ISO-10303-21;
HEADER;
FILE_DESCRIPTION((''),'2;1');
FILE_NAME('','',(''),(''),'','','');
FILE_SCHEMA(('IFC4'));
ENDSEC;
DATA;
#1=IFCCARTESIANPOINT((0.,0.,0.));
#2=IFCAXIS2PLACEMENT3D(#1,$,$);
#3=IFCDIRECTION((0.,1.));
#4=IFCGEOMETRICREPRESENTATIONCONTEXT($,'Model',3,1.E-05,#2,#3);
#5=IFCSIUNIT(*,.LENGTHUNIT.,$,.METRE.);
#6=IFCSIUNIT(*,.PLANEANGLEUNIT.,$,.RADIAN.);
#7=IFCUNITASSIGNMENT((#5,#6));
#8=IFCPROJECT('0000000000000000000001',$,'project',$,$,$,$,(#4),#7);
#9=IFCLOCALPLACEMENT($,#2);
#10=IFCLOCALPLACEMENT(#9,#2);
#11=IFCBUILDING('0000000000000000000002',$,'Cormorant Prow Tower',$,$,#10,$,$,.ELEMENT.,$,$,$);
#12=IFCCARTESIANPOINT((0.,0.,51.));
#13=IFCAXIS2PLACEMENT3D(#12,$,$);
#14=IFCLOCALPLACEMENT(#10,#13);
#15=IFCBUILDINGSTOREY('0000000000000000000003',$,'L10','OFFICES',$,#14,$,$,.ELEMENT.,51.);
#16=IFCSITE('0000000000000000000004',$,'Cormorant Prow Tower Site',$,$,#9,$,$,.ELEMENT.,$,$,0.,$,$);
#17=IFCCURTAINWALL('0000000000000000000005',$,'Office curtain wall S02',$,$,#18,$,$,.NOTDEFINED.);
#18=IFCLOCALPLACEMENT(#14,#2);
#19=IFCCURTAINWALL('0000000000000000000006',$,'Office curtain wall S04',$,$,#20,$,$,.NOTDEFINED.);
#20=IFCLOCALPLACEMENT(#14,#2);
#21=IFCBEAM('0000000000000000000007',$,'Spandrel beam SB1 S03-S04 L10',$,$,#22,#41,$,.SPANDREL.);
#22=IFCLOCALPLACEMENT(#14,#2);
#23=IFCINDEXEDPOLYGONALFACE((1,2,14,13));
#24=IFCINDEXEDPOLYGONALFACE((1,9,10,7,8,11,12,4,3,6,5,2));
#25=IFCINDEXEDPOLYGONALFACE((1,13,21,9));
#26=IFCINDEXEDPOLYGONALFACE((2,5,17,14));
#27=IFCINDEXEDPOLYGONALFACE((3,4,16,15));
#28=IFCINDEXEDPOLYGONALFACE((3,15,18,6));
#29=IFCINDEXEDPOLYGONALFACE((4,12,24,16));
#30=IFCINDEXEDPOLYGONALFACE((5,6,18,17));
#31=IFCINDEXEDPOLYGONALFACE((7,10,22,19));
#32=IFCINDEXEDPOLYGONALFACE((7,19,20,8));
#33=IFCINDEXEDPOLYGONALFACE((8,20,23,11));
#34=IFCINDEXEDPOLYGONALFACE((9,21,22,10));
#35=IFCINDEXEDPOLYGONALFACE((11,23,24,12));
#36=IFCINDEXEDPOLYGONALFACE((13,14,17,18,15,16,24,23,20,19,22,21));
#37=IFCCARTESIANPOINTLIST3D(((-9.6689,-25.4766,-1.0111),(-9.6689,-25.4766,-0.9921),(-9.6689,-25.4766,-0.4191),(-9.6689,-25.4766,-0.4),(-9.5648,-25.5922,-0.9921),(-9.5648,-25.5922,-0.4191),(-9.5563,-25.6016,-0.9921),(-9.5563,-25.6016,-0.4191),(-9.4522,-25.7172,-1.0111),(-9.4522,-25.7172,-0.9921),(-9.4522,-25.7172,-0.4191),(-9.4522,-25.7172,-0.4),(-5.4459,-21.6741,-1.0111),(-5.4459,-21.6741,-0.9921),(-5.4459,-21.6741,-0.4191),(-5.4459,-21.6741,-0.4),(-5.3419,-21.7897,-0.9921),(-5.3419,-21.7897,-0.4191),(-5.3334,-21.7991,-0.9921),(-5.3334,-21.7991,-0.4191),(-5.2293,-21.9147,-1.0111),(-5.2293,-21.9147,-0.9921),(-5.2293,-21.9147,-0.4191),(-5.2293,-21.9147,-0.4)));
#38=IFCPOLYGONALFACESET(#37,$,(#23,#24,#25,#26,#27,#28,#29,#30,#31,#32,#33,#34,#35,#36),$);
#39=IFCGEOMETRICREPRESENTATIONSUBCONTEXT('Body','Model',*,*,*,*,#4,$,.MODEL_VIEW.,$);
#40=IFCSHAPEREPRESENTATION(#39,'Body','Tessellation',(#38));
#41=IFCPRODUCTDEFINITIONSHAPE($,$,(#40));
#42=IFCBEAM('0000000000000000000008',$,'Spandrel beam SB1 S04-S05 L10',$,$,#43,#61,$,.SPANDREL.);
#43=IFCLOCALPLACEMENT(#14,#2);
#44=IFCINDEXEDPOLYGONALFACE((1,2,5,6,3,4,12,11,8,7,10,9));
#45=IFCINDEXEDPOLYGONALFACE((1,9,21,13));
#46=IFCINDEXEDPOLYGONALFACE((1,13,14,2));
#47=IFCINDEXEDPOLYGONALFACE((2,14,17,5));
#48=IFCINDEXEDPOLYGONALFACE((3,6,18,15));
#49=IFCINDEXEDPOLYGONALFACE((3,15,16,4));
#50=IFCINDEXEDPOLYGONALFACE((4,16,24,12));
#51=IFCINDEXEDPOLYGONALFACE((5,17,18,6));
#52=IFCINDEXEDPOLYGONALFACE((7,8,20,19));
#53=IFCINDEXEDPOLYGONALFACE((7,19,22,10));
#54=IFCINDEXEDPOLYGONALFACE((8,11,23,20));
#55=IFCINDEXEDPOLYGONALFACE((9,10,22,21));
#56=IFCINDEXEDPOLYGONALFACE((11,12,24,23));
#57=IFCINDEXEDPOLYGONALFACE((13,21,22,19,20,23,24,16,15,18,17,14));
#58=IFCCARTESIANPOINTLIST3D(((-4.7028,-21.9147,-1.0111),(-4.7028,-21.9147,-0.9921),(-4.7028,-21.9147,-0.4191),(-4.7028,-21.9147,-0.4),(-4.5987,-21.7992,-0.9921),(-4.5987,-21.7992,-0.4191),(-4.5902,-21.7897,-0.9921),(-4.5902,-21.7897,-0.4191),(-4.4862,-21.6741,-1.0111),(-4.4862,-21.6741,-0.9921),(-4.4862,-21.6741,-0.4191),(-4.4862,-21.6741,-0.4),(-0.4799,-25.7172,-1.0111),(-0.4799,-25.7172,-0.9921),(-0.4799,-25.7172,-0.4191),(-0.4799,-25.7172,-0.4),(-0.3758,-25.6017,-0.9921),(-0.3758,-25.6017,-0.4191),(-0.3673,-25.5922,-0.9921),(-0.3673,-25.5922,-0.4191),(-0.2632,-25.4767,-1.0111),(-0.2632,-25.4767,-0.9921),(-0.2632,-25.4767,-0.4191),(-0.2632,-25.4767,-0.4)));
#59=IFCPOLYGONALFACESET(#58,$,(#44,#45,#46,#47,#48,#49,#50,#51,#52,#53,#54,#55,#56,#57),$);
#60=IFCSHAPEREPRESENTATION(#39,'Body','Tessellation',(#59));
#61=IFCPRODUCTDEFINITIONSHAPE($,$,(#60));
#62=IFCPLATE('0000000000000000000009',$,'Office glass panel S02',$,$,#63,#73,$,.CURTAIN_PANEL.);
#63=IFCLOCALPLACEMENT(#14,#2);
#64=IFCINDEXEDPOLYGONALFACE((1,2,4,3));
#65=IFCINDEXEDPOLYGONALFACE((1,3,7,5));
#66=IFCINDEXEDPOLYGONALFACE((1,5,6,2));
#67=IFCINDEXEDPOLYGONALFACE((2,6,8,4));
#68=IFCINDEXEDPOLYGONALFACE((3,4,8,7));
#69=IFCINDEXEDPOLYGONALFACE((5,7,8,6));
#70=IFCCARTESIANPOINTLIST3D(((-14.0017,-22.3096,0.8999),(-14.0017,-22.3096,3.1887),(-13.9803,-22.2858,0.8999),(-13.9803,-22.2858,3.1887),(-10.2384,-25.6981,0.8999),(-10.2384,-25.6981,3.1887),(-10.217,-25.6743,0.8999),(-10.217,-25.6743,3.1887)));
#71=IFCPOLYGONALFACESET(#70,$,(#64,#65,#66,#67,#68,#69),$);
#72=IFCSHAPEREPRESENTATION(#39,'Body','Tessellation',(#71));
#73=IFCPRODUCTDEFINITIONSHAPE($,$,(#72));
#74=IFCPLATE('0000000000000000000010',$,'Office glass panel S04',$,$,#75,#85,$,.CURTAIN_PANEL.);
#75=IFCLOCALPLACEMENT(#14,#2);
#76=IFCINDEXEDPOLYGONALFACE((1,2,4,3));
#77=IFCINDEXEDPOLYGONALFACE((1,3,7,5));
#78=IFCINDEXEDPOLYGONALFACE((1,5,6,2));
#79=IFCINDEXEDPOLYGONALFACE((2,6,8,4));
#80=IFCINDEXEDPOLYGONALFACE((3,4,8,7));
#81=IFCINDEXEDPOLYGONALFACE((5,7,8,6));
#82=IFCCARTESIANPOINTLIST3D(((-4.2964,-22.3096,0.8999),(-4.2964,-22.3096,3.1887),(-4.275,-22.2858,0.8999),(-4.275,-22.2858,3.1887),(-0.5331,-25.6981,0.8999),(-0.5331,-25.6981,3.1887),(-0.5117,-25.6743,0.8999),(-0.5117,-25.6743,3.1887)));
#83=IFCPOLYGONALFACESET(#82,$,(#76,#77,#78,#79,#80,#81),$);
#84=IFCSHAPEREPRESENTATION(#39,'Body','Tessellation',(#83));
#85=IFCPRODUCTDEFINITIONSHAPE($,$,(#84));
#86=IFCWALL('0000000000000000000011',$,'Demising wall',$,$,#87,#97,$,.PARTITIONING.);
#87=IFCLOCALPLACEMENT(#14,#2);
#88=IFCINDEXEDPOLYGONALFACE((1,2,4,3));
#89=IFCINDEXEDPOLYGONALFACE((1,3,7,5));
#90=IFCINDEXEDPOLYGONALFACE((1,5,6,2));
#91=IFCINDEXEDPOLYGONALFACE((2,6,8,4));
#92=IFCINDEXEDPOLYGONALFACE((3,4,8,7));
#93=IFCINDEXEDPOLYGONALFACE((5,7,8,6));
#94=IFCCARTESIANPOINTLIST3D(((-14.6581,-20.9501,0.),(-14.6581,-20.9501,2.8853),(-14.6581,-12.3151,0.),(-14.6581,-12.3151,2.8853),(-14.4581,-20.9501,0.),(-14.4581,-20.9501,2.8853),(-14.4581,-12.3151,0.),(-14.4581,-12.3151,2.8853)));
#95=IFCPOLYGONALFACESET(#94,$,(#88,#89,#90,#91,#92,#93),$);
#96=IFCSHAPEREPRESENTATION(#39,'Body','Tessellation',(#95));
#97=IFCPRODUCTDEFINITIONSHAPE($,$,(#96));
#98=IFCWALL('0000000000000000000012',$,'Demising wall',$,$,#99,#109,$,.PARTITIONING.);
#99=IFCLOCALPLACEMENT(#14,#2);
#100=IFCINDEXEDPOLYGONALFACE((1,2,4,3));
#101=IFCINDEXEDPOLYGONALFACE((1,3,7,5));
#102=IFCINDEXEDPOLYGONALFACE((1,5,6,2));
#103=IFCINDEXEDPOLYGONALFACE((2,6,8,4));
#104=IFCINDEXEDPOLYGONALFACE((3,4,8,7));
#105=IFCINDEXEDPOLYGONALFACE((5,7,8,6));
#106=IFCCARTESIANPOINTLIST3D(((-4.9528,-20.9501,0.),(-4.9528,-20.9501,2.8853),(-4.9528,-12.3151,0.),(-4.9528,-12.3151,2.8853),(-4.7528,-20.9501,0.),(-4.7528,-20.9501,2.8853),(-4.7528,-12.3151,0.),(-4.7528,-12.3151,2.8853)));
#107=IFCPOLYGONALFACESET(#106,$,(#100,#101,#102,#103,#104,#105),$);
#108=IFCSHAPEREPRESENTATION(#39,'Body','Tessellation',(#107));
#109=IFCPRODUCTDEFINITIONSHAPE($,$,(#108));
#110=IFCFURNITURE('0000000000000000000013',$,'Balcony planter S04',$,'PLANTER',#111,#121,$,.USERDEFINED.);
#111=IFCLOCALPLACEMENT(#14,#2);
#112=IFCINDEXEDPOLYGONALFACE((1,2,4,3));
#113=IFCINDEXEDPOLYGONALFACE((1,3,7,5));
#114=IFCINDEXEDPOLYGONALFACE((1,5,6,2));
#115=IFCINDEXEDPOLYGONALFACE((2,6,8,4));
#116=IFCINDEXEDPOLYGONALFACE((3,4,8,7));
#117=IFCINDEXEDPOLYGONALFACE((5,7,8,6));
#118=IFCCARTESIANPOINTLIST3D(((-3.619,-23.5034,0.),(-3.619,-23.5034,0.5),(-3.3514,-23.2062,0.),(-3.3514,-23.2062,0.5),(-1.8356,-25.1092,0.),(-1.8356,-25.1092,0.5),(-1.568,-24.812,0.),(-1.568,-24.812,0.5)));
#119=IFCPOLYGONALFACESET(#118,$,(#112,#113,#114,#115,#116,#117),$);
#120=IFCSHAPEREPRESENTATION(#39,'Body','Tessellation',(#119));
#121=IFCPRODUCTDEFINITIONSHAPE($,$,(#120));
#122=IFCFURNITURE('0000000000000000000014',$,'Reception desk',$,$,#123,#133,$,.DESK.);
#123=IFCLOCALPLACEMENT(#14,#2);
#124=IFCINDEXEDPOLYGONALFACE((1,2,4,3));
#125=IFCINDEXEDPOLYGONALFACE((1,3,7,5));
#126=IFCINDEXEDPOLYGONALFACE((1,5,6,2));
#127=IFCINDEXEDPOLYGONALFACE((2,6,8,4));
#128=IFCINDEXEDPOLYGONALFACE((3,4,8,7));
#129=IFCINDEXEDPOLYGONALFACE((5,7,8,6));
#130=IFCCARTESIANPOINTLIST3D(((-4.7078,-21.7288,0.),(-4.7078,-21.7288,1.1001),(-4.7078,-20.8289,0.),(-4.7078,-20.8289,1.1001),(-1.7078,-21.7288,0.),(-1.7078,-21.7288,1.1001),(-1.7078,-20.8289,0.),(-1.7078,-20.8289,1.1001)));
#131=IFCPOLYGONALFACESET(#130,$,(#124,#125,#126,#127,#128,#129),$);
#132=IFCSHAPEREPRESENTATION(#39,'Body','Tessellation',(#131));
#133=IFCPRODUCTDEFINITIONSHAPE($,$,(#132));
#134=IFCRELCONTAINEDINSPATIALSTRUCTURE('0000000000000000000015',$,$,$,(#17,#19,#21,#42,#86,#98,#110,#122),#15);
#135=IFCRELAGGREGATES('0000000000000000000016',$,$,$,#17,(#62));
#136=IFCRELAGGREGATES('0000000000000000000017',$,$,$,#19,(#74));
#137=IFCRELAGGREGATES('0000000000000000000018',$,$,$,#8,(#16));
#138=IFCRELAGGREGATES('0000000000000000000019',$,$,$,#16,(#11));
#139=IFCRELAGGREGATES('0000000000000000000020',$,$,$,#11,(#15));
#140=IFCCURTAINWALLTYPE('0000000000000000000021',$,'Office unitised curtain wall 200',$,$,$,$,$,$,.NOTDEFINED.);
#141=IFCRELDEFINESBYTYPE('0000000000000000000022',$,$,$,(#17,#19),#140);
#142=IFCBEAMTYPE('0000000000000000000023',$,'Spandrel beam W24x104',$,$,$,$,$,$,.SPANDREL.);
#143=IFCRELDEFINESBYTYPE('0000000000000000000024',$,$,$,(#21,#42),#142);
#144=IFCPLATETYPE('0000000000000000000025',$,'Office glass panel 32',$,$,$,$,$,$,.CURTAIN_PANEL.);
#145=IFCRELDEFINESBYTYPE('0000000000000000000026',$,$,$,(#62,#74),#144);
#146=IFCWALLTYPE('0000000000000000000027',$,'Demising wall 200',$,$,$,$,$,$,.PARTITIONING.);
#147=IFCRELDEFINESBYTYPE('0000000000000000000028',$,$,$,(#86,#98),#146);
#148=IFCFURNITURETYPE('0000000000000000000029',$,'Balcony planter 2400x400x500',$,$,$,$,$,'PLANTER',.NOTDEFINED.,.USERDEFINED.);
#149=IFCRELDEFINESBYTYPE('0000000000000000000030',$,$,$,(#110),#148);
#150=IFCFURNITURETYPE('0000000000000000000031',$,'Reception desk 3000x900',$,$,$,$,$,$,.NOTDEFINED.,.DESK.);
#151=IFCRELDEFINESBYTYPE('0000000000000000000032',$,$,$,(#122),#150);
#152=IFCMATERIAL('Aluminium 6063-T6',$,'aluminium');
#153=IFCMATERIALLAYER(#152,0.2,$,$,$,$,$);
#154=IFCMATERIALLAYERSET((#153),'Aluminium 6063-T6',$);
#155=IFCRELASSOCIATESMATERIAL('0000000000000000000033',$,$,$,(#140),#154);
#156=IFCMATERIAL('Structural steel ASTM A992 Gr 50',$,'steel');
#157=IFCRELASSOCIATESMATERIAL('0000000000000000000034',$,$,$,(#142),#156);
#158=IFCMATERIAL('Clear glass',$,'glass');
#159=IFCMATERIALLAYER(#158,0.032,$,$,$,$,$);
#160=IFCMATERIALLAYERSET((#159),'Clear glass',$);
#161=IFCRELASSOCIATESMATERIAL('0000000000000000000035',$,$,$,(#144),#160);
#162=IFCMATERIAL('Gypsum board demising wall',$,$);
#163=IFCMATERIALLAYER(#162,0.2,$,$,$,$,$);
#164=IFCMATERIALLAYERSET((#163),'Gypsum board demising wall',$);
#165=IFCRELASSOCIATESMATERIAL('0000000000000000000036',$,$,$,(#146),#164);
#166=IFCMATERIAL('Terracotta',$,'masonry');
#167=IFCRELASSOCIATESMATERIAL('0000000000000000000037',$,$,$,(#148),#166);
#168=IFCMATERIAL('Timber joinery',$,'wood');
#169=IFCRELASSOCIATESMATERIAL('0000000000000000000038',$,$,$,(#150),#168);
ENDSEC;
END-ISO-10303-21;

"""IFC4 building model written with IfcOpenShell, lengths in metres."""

from ifc_helpers import new_model, si_unit, direction, frame, frame_2d, origin, origin_2d, place, context, subcontext, project, spatial, rectangle, i_section, extrude, material, layer, layer_set, material_profile, profile_set, type_object, element, aggregate, save


model = new_model("IFC4")

# Units and contexts
model_context = context("Model", 3, precision=1e-05, world=origin(), true_north=direction((0.0, 1.0)))
body_context = subcontext(model_context, "Body", "Model", "MODEL_VIEW")
ifc_project = project(units=[si_unit("LENGTHUNIT", "METRE"), si_unit("PLANEANGLEUNIT", "RADIAN")], contexts=[model_context])

# Site, building, storey
site_placement = place(None, origin())
site = spatial("IfcSite", under=ifc_project, at=site_placement, Name="Cormorant Prow Tower Site", CompositionType="ELEMENT", RefElevation=0.0)
building_placement = place(site_placement, origin())
building = spatial("IfcBuilding", under=site, at=building_placement, Name="Cormorant Prow Tower", CompositionType="ELEMENT")
storey_placement = place(building_placement, frame((0.0, 0.0, 51.0)))
storey = spatial("IfcBuildingStorey", under=building, at=storey_placement, Name="L10", Description="OFFICES", CompositionType="ELEMENT", Elevation=51.0)

# Curtain walls
ifc_material_1 = material(Name="Aluminium 6063-T6", Category="aluminium")
ifc_layer_1 = layer(ifc_material_1, 0.2)
ifc_layer_set_1 = layer_set([ifc_layer_1], Name="Aluminium 6063-T6")
curtain_wall_type = type_object("IfcCurtainWallType", Name="Office unitised curtain wall 200", PredefinedType="NOTDEFINED", material=ifc_layer_set_1)
curtain_wall_1_placement = place(storey_placement, origin())
curtain_wall_1 = element("IfcCurtainWall", 1, at=curtain_wall_1_placement, inside=storey, type_object=curtain_wall_type, Name="Office curtain wall S02", PredefinedType="NOTDEFINED")
curtain_wall_2_placement = place(storey_placement, origin())
curtain_wall_2 = element("IfcCurtainWall", 2, at=curtain_wall_2_placement, inside=storey, type_object=curtain_wall_type, Name="Office curtain wall S04", PredefinedType="NOTDEFINED")

# Beams
ifc_material_2 = material(Name="Structural steel ASTM A992 Gr 50", Category="steel")
ifc_material_profile_1 = material_profile(ifc_material_2, i_section(OverallWidth=0.3237, OverallDepth=0.6111, WebThickness=0.0127, FlangeThickness=0.019, at=origin_2d()), Name="W24x104")
ifc_profile_set_1 = profile_set([ifc_material_profile_1], Name="Structural steel ASTM A992 Gr 50")
beam_type_1 = type_object("IfcBeamType", Name="Spandrel beam W24x104", PredefinedType="SPANDREL", material=ifc_profile_set_1)
for number, where, z_axis, x_axis, name in (
    (3, (-9.5605, -25.5969, -0.7056), (0.74313, 0.669147, 0.0), (-0.669147, 0.74313, 0.0), "Spandrel beam SB1 S03-S04 L10"),
    (4, (-4.5945, -21.7944, -0.7056), (0.74313, -0.669147, 0.0), (0.669147, 0.74313, 0.0), "Spandrel beam SB1 S04-S05 L10"),
):
    element("IfcBeam", number, at=place(storey_placement, frame(where, z_axis=z_axis, x_axis=x_axis)), inside=storey, type_object=beam_type_1, Name=name, PredefinedType="SPANDREL", context=body_context, shape_type="SweptSolid", body=[
        extrude(i_section(OverallWidth=0.3237, OverallDepth=0.6111, WebThickness=0.0127, FlangeThickness=0.019, at=origin_2d()), origin(), (0.0, 0.0, 1.0), 5.6826),
    ])

# Plates
ifc_material_3 = material(Name="Clear glass", Category="glass")
ifc_layer_2 = layer(ifc_material_3, 0.032)
ifc_layer_set_2 = layer_set([ifc_layer_2], Name="Clear glass")
plate_type = type_object("IfcPlateType", Name="Office glass panel 32", PredefinedType="CURTAIN_PANEL", material=ifc_layer_set_2)
plate_1_placement = place(storey_placement, frame((-12.1094, -23.9919, 0.8999), z_axis=(0.0, 0.0, 1.0), x_axis=(0.743145, -0.669131, 0.0)))
plate_1 = element("IfcPlate", 5, at=plate_1_placement, type_object=plate_type, Name="Office glass panel S02", PredefinedType="CURTAIN_PANEL", context=body_context, shape_type="SweptSolid", body=[
    extrude(rectangle(XDim=5.064, YDim=0.032, at=origin_2d()), origin(), (0.0, 0.0, 1.0), 2.2888),
])
aggregate(curtain_wall_1, [plate_1])
plate_2_placement = place(storey_placement, frame((-2.4041, -23.9919, 0.8999), z_axis=(0.0, 0.0, 1.0), x_axis=(0.743145, -0.669131, 0.0)))
plate_2 = element("IfcPlate", 6, at=plate_2_placement, type_object=plate_type, Name="Office glass panel S04", PredefinedType="CURTAIN_PANEL", context=body_context, shape_type="SweptSolid", body=[
    extrude(rectangle(XDim=5.064, YDim=0.032, at=origin_2d()), origin(), (0.0, 0.0, 1.0), 2.2888),
])
aggregate(curtain_wall_2, [plate_2])

# Walls
ifc_material_4 = material(Name="Gypsum board demising wall")
ifc_layer_3 = layer(ifc_material_4, 0.2)
ifc_layer_set_3 = layer_set([ifc_layer_3], Name="Gypsum board demising wall")
wall_type_1 = type_object("IfcWallType", Name="Demising wall 200", PredefinedType="PARTITIONING", material=ifc_layer_set_3)
for number, where, z_axis, x_axis, name in (
    (7, (-14.5581, -20.95, 0.0), (0.0, 0.0, 1.0), (0.0, 1.0, 0.0), "Demising wall"),
    (8, (-4.8528, -20.95, 0.0), (0.0, 0.0, 1.0), (0.0, 1.0, 0.0), "Demising wall"),
):
    element("IfcWall", number, at=place(storey_placement, frame(where, z_axis=z_axis, x_axis=x_axis)), inside=storey, type_object=wall_type_1, Name=name, PredefinedType="PARTITIONING", context=body_context, shape_type="SweptSolid", body=[
        extrude(rectangle(XDim=8.635, YDim=0.2, at=frame_2d((4.3174, 0.0))), origin(), (0.0, 0.0, 1.0), 2.8853),
    ])

# Furniture
ifc_material_5 = material(Name="Terracotta", Category="masonry")
furniture_type_1 = type_object("IfcFurnitureType", Name="Balcony planter 2400x400x500", ElementType="PLANTER", AssemblyPlace="NOTDEFINED", PredefinedType="USERDEFINED", material=ifc_material_5)
furniture_1_placement = place(storey_placement, frame((-2.5935, -24.1577, 0.0), z_axis=(0.0, 0.0, 1.0), x_axis=(0.743145, -0.669131, 0.0)))
element("IfcFurniture", 9, at=furniture_1_placement, inside=storey, type_object=furniture_type_1, Name="Balcony planter S04", ObjectType="PLANTER", PredefinedType="USERDEFINED", context=body_context, shape_type="SweptSolid", body=[
    extrude(rectangle(XDim=2.3999, YDim=0.3999, at=origin_2d()), origin(), (0.0, 0.0, 1.0), 0.5),
])
ifc_material_6 = material(Name="Timber joinery", Category="wood")
furniture_type_2 = type_object("IfcFurnitureType", Name="Reception desk 3000x900", AssemblyPlace="NOTDEFINED", PredefinedType="DESK", material=ifc_material_6)
furniture_2_placement = place(storey_placement, frame((-3.2078, -21.2788, 0.0), z_axis=(0.0, 0.0, 1.0), x_axis=(1.0, 0.0, 0.0)))
element("IfcFurniture", 10, at=furniture_2_placement, inside=storey, type_object=furniture_type_2, Name="Reception desk", PredefinedType="DESK", context=body_context, shape_type="SweptSolid", body=[
    extrude(rectangle(XDim=3.0, YDim=0.8999, at=origin_2d()), origin(), (0.0, 0.0, 1.0), 1.1001),
])

save(model, "model.ifc")
